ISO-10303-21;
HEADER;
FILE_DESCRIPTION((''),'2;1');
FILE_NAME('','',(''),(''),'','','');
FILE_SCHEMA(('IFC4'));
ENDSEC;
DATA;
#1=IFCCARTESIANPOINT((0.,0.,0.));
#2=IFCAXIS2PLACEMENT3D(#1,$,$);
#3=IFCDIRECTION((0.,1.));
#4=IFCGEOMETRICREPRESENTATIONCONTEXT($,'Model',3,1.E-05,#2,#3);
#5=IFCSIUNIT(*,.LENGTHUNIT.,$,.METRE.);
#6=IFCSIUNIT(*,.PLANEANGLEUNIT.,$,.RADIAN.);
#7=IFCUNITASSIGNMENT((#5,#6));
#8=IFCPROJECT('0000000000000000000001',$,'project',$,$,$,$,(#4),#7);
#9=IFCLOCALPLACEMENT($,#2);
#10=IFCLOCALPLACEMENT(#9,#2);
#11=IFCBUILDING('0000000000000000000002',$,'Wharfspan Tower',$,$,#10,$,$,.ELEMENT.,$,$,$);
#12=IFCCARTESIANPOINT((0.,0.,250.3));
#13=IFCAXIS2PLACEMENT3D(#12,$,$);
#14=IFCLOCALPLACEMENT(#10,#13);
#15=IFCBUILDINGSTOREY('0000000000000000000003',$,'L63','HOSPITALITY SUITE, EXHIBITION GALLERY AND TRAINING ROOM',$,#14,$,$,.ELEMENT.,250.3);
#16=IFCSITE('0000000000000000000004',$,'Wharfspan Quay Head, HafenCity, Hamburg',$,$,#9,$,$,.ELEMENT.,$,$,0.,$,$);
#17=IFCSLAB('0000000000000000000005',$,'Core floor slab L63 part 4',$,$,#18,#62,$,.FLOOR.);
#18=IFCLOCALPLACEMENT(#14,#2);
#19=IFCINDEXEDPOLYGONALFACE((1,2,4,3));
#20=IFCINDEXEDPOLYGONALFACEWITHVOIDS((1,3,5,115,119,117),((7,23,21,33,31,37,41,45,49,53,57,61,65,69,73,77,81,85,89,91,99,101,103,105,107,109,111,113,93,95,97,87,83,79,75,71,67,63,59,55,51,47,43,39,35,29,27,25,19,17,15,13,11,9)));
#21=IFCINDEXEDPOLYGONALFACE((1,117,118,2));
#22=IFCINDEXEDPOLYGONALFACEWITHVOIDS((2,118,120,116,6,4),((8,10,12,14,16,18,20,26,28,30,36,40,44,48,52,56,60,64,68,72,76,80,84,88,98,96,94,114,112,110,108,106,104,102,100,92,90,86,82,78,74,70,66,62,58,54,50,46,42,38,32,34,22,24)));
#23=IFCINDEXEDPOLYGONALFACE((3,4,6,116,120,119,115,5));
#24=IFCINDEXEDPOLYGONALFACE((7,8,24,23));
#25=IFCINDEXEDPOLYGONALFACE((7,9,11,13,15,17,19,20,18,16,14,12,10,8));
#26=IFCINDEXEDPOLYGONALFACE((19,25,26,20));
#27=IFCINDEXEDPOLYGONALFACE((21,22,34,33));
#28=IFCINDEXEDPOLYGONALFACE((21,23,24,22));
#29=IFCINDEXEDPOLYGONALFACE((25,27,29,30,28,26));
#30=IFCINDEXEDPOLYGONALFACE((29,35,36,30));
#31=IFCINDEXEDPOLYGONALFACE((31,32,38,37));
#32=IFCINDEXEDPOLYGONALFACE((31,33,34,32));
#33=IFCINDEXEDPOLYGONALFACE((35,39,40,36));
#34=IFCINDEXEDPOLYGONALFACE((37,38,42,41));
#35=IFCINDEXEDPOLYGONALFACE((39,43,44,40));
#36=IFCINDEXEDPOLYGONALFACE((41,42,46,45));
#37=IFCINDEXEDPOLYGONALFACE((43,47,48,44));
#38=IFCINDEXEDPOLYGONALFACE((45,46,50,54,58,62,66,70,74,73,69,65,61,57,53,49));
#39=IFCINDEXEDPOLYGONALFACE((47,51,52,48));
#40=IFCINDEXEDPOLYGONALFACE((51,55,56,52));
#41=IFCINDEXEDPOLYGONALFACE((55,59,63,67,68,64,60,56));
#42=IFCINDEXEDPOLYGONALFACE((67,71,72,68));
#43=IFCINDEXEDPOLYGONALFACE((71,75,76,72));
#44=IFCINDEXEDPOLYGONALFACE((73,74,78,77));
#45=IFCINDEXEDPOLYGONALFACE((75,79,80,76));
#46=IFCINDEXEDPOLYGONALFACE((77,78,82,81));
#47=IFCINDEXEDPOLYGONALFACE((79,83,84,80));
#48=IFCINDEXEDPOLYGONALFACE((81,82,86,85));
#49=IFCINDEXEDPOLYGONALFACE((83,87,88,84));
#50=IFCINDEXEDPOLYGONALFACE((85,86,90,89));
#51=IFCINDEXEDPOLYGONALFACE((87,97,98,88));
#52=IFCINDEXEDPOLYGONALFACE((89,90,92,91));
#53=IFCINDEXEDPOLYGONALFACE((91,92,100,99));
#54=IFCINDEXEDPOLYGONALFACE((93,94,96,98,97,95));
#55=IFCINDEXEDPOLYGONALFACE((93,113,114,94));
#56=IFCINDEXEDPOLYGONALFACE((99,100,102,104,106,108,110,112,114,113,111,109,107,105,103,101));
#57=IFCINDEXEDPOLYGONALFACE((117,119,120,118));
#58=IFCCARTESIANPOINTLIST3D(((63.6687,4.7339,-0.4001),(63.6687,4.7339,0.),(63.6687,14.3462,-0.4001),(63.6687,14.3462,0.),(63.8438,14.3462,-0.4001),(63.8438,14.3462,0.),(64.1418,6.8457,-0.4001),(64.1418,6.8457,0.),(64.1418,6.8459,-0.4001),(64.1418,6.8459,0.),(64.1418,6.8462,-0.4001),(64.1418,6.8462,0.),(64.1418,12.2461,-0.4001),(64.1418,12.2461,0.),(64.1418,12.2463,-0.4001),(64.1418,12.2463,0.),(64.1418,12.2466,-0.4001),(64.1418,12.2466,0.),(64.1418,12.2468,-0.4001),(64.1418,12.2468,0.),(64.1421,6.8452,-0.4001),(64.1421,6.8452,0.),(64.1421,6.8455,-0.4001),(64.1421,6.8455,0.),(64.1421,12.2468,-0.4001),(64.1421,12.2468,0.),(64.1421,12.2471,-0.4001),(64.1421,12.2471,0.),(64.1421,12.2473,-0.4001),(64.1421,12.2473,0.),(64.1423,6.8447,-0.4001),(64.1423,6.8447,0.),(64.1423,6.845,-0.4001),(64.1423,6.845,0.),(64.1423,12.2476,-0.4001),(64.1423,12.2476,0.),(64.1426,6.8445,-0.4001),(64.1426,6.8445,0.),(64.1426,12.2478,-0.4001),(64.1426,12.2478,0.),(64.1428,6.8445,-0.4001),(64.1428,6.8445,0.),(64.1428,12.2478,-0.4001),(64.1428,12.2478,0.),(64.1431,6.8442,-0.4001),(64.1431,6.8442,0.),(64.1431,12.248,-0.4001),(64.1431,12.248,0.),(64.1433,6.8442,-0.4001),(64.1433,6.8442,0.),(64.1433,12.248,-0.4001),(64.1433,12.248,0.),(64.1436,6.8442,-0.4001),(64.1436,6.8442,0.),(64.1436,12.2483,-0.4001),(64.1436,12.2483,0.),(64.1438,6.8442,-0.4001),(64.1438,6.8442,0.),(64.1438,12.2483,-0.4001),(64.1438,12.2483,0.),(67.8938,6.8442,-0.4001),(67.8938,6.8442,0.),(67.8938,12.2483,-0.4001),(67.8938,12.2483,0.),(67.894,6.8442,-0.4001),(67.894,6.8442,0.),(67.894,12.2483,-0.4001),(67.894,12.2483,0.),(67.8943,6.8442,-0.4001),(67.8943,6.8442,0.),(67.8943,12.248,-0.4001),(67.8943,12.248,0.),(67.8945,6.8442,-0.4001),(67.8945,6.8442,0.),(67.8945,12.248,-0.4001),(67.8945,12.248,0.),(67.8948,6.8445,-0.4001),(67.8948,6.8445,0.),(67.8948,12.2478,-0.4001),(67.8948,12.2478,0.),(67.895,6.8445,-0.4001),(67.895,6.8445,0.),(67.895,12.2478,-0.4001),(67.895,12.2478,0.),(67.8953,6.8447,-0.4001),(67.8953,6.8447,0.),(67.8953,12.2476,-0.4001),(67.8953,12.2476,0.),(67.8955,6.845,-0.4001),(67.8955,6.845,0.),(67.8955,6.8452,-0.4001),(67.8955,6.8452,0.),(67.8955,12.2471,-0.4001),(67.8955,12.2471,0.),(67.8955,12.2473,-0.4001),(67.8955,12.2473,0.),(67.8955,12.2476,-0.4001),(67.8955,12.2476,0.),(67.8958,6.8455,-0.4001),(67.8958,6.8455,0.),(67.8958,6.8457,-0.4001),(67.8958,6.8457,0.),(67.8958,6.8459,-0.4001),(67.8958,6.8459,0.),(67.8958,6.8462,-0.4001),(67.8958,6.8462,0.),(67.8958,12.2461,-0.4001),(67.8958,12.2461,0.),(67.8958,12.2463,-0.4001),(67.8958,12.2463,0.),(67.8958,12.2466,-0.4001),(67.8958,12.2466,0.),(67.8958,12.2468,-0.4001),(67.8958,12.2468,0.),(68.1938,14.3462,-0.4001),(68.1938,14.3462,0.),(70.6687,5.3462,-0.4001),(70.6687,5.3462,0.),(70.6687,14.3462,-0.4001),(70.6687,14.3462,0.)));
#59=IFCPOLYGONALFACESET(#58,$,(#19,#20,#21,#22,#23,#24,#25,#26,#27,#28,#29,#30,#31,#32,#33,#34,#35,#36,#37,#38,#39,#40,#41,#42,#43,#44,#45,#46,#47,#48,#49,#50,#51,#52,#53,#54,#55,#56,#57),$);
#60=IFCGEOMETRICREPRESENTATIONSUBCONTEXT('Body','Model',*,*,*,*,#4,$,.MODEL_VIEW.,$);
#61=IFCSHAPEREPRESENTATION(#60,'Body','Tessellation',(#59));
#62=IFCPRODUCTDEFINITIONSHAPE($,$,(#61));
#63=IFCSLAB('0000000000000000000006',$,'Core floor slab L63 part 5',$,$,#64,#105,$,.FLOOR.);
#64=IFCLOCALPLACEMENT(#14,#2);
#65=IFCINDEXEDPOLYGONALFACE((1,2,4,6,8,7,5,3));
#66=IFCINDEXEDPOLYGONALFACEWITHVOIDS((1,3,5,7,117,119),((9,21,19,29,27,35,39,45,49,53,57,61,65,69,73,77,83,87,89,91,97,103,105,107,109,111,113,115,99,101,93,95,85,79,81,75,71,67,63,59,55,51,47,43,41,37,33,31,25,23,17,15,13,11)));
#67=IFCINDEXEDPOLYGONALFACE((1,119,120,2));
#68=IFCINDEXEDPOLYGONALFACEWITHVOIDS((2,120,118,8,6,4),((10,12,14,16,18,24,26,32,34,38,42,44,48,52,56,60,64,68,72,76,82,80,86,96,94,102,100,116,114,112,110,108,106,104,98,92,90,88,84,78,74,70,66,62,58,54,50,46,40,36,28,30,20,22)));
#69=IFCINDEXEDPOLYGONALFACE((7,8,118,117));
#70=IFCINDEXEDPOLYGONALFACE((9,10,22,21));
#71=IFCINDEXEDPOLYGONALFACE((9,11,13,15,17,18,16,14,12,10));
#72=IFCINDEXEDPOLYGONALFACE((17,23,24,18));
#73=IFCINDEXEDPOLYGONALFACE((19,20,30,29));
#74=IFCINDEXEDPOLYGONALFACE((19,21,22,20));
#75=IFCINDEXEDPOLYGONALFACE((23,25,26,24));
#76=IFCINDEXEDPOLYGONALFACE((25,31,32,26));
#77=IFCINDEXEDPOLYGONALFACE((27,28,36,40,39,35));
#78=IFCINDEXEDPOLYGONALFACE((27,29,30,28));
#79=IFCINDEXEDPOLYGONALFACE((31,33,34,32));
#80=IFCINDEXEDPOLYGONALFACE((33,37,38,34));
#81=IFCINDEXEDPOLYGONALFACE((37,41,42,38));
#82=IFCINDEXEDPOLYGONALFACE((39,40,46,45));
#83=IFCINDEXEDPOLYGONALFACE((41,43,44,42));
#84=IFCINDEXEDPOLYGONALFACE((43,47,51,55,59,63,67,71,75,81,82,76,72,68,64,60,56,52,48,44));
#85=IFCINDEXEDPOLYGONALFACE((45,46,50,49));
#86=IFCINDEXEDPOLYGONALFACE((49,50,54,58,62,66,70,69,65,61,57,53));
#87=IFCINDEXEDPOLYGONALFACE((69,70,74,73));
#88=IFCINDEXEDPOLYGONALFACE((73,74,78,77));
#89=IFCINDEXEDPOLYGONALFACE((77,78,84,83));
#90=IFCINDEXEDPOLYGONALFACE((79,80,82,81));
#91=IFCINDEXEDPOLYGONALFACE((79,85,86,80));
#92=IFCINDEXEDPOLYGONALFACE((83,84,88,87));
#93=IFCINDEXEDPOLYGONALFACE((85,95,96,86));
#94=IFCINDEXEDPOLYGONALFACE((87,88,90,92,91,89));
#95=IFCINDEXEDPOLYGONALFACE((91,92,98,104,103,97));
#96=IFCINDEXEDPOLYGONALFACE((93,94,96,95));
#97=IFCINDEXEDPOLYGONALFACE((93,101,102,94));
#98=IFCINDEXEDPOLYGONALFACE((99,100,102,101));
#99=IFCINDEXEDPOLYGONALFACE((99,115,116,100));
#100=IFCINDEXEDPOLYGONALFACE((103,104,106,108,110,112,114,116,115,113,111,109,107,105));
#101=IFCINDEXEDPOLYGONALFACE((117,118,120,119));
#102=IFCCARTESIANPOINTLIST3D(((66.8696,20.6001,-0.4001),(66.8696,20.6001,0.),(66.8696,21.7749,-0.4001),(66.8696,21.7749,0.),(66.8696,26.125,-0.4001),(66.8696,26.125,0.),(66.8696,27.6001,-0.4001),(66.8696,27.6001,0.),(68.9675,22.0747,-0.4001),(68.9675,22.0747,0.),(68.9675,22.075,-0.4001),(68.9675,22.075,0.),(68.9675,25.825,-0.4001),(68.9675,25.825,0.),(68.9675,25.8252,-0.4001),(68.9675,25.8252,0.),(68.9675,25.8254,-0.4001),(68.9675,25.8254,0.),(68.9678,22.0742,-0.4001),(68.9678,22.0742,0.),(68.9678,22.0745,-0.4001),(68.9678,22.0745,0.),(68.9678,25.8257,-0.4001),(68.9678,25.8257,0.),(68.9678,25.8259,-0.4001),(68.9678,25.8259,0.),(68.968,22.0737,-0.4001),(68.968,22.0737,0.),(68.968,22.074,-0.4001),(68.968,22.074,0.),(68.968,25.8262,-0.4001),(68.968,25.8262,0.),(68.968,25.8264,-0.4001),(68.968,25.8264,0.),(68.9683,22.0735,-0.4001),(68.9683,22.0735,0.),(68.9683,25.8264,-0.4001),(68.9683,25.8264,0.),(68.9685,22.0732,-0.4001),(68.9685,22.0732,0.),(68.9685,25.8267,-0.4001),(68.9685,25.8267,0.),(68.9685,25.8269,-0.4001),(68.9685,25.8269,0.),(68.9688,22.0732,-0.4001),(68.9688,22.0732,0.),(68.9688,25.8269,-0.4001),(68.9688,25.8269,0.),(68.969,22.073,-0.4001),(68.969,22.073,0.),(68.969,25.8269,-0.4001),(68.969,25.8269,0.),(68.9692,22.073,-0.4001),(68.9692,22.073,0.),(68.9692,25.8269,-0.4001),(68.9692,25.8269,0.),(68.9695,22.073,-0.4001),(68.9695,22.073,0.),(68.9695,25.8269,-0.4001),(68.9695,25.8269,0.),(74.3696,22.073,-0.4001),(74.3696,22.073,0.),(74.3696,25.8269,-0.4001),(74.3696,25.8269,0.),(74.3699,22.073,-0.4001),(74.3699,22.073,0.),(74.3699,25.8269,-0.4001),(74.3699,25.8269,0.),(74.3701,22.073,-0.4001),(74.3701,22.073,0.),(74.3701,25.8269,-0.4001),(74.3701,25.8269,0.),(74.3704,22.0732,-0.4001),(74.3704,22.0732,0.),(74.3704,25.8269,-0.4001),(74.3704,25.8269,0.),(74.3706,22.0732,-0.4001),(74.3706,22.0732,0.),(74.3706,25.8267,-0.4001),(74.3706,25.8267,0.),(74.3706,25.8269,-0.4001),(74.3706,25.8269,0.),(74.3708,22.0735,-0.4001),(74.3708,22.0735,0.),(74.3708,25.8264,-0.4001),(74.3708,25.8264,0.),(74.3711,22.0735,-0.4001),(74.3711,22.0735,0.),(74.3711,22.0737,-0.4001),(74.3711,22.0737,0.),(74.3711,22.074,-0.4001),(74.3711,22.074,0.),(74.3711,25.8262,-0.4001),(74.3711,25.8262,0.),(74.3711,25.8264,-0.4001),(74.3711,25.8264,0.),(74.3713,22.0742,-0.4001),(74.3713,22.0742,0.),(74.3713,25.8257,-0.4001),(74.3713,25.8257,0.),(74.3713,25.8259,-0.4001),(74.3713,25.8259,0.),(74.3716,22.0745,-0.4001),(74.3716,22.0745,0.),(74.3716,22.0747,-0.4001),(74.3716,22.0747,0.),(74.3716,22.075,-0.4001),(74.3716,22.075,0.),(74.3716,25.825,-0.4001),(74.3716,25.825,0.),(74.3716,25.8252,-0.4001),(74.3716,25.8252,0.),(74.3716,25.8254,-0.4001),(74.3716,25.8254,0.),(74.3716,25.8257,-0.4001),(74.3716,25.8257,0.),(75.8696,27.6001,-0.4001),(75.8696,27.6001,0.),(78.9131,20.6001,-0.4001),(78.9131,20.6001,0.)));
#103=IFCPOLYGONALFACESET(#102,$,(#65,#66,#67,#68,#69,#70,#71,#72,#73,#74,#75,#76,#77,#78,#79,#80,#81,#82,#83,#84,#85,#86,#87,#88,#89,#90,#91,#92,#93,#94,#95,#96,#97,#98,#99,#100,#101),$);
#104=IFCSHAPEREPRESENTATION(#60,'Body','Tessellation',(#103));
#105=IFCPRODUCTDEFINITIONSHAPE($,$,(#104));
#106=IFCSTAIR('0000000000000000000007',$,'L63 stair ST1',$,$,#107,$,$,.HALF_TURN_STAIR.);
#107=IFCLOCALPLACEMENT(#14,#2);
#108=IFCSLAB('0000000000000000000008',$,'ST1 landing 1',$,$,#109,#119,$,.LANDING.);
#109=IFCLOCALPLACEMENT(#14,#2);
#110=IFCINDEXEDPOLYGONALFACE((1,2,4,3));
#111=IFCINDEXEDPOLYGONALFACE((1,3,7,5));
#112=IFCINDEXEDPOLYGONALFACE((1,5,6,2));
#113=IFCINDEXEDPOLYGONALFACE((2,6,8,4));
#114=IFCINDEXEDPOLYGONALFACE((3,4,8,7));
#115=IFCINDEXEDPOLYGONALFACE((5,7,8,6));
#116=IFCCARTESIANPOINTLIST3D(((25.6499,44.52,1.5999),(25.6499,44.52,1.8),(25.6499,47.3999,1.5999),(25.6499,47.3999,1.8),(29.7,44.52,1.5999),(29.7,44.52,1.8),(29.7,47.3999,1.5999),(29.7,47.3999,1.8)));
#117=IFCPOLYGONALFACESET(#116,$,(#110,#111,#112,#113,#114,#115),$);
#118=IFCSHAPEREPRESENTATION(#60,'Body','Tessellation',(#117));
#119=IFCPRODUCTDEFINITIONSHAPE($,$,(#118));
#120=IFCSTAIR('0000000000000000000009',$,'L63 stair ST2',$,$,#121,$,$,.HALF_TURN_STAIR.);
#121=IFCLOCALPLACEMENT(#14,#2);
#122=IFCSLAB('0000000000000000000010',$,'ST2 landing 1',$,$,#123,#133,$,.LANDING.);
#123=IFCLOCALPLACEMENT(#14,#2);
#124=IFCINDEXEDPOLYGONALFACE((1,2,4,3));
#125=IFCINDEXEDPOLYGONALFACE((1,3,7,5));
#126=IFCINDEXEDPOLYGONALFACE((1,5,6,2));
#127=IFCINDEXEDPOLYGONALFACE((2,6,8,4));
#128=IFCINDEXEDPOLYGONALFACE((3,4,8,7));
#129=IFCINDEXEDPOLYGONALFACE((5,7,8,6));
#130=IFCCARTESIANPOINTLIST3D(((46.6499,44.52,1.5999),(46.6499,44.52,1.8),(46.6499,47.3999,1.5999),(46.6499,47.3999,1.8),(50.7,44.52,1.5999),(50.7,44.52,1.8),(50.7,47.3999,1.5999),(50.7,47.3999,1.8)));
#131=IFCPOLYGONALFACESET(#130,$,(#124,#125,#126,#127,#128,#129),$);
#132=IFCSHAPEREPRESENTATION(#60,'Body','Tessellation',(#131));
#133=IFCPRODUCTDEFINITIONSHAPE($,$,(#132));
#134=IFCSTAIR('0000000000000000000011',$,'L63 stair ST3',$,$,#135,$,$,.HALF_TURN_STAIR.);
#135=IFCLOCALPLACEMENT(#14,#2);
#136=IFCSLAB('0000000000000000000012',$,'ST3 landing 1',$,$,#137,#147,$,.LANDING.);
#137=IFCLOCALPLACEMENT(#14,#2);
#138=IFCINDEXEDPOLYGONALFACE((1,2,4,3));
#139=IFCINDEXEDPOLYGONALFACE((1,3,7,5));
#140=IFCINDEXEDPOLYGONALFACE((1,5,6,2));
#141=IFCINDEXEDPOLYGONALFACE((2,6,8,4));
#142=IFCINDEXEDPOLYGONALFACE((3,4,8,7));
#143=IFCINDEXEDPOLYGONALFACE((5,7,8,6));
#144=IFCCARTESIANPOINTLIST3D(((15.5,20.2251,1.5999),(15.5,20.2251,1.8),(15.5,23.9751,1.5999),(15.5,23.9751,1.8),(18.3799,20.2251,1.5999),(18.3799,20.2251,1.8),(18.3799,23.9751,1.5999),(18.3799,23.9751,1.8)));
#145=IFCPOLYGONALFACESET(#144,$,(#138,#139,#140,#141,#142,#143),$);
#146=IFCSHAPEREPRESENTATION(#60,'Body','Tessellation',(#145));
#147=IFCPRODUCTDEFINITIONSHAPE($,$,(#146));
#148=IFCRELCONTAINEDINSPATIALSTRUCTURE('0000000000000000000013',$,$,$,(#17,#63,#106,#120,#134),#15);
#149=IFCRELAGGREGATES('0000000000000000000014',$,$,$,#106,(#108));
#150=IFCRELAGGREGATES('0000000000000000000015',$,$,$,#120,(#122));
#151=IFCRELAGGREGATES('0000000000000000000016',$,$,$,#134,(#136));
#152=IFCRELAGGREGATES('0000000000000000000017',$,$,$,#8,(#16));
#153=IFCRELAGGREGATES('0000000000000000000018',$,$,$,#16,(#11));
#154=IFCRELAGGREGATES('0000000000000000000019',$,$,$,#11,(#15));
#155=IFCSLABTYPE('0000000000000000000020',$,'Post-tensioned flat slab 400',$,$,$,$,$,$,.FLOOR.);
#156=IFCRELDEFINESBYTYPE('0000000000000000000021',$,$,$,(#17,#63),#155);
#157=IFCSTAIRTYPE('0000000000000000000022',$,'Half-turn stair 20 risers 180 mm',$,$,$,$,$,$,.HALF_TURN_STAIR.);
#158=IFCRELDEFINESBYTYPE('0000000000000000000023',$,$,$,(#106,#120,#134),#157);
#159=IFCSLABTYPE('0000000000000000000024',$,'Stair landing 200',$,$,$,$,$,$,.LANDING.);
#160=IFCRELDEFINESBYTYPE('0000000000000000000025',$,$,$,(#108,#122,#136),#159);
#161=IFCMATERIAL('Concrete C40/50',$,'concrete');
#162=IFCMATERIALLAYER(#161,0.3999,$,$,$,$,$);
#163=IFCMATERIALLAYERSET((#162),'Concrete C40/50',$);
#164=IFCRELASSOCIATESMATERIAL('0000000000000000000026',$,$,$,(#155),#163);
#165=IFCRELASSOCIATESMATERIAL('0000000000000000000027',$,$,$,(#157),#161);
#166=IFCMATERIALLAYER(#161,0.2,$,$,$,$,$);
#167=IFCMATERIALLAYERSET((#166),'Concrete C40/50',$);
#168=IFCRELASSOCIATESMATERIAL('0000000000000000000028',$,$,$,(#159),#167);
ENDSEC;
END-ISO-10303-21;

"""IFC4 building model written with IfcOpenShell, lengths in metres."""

from ifc_helpers import new_model, si_unit, direction, frame, origin, place, context, subcontext, project, spatial, polyline, outline, extrude, material, layer, layer_set, type_object, element, aggregate, save


model = new_model("IFC4")

# Units and contexts
model_context = context("Model", 3, precision=1e-05, world=origin(), true_north=direction((0.0, 1.0)))
body_context = subcontext(model_context, "Body", "Model", "MODEL_VIEW")
ifc_project = project(units=[si_unit("LENGTHUNIT", "METRE"), si_unit("PLANEANGLEUNIT", "RADIAN")], contexts=[model_context])

# Site, building, storey
site_placement = place(None, origin())
site = spatial("IfcSite", under=ifc_project, at=site_placement, Name="Wharfspan Quay Head, HafenCity, Hamburg", CompositionType="ELEMENT", RefElevation=0.0)
building_placement = place(site_placement, origin())
building = spatial("IfcBuilding", under=site, at=building_placement, Name="Wharfspan Tower", CompositionType="ELEMENT")
storey_placement = place(building_placement, frame((0.0, 0.0, 250.3)))
storey = spatial("IfcBuildingStorey", under=building, at=storey_placement, Name="L63", Description="HOSPITALITY SUITE, EXHIBITION GALLERY AND TRAINING ROOM", CompositionType="ELEMENT", Elevation=250.3)

# Slabs
ifc_material_1 = material(Name="Concrete C40/50", Category="concrete")
ifc_layer_1 = layer(ifc_material_1, 0.3999)
ifc_layer_set_1 = layer_set([ifc_layer_1], Name="Concrete C40/50")
slab_type_1 = type_object("IfcSlabType", Name="Post-tensioned flat slab 400", PredefinedType="FLOOR", material=ifc_layer_set_1)
slab_1_placement = place(storey_placement, frame((0.0, 0.0, -0.4001)))
element("IfcSlab", 1, at=slab_1_placement, inside=storey, type_object=slab_type_1, Name="Core floor slab L63 part 4", PredefinedType="FLOOR", context=body_context, shape_type="SweptSolid", body=[
    extrude(outline(polyline([(70.6687, 14.3462), (68.1938, 14.3462), (63.8438, 14.3462), (63.6687, 14.3462), (63.6687, 4.7339), (70.6687, 5.3462), (70.6687, 14.3462)]), holes=[polyline([(64.1418, 12.2461), (64.1418, 12.2463), (64.1418, 12.2466), (64.1418, 12.2468), (64.1421, 12.2468), (64.1421, 12.2471), (64.1421, 12.2473), (64.1423, 12.2476), (64.1423, 12.2476), (64.1426, 12.2478), (64.1426, 12.2478), (64.1428, 12.2478), (64.1431, 12.248), (64.1433, 12.248), (64.1433, 12.248), (64.1436, 12.2483), (64.1438, 12.2483), (67.8938, 12.2483), (67.894, 12.2483), (67.8943, 12.248), (67.8943, 12.248), (67.8945, 12.248), (67.8948, 12.2478), (67.895, 12.2478), (67.895, 12.2478), (67.8953, 12.2476), (67.8955, 12.2476), (67.8955, 12.2473), (67.8955, 12.2471), (67.8958, 12.2468), (67.8958, 12.2468), (67.8958, 12.2466), (67.8958, 12.2463), (67.8958, 12.2461), (67.8958, 6.8462), (67.8958, 6.8459), (67.8958, 6.8457), (67.8958, 6.8457), (67.8958, 6.8455), (67.8955, 6.8452), (67.8955, 6.8452), (67.8955, 6.845), (67.8953, 6.8447), (67.895, 6.8445), (67.895, 6.8445), (67.8948, 6.8445), (67.8945, 6.8442), (67.8943, 6.8442), (67.8943, 6.8442), (67.894, 6.8442), (67.8938, 6.8442), (64.1438, 6.8442), (64.1436, 6.8442), (64.1433, 6.8442), (64.1433, 6.8442), (64.1431, 6.8442), (64.1428, 6.8445), (64.1426, 6.8445), (64.1426, 6.8445), (64.1423, 6.8447), (64.1423, 6.845), (64.1421, 6.8452), (64.1421, 6.8452), (64.1421, 6.8455), (64.1418, 6.8457), (64.1418, 6.8457), (64.1418, 6.8459), (64.1418, 6.8462), (64.1418, 12.2461)])]), origin(), (0.0, 0.0, 1.0), 0.4001),
])
slab_2_placement = place(storey_placement, frame((0.0, 0.0, -0.4001)))
element("IfcSlab", 2, at=slab_2_placement, inside=storey, type_object=slab_type_1, Name="Core floor slab L63 part 5", PredefinedType="FLOOR", context=body_context, shape_type="SweptSolid", body=[
    extrude(outline(polyline([(75.8696, 27.6001), (66.8696, 27.6001), (66.8696, 26.125), (66.8696, 21.7749), (66.8696, 20.6001), (78.9131, 20.6001), (75.8696, 27.6001)]), holes=[polyline([(68.9675, 25.825), (68.9675, 25.8252), (68.9675, 25.8254), (68.9678, 25.8257), (68.9678, 25.8257), (68.9678, 25.8259), (68.968, 25.8262), (68.968, 25.8264), (68.9683, 25.8264), (68.9683, 25.8264), (68.9685, 25.8267), (68.9685, 25.8269), (68.9688, 25.8269), (68.969, 25.8269), (68.9692, 25.8269), (68.9695, 25.8269), (68.9695, 25.8269), (74.3696, 25.8269), (74.3699, 25.8269), (74.3701, 25.8269), (74.3701, 25.8269), (74.3704, 25.8269), (74.3706, 25.8269), (74.3706, 25.8267), (74.3709, 25.8264), (74.3711, 25.8264), (74.3711, 25.8264), (74.3711, 25.8262), (74.3713, 25.8259), (74.3713, 25.8257), (74.3716, 25.8257), (74.3716, 25.8254), (74.3716, 25.8252), (74.3716, 25.825), (74.3716, 22.075), (74.3716, 22.0747), (74.3716, 22.0747), (74.3716, 22.0745), (74.3713, 22.0742), (74.3713, 22.0742), (74.3711, 22.074), (74.3711, 22.0737), (74.3711, 22.0735), (74.3709, 22.0735), (74.3706, 22.0732), (74.3706, 22.0732), (74.3704, 22.0732), (74.3701, 22.073), (74.3701, 22.073), (74.3699, 22.073), (74.3696, 22.073), (68.9695, 22.073), (68.9695, 22.073), (68.9692, 22.073), (68.969, 22.073), (68.9688, 22.0732), (68.9685, 22.0732), (68.9685, 22.0732), (68.9683, 22.0735), (68.9683, 22.0735), (68.968, 22.0737), (68.968, 22.074), (68.9678, 22.0742), (68.9678, 22.0742), (68.9678, 22.0745), (68.9675, 22.0747), (68.9675, 22.0747), (68.9675, 22.075), (68.9675, 25.825)])]), origin(), (0.0, 0.0, 1.0), 0.4001),
])

# Stairs, slabs
stair_type = type_object("IfcStairType", Name="Half-turn stair 20 risers 180 mm", PredefinedType="HALF_TURN_STAIR", material=ifc_material_1)
stair_1_placement = place(storey_placement, origin())
stair_1 = element("IfcStair", 3, at=stair_1_placement, inside=storey, type_object=stair_type, Name="L63 stair ST1", PredefinedType="HALF_TURN_STAIR")
ifc_layer_2 = layer(ifc_material_1, 0.2)
ifc_layer_set_2 = layer_set([ifc_layer_2], Name="Concrete C40/50")
slab_type_2 = type_object("IfcSlabType", Name="Stair landing 200", PredefinedType="LANDING", material=ifc_layer_set_2)
slab_3_placement = place(storey_placement, frame((0.0, 0.0, 1.5999)))
slab_3 = element("IfcSlab", 4, at=slab_3_placement, type_object=slab_type_2, Name="ST1 landing 1", PredefinedType="LANDING", context=body_context, shape_type="SweptSolid", body=[
    extrude(outline(polyline([(25.6499, 44.52), (29.7, 44.52), (29.7, 47.3999), (25.6499, 47.3999), (25.6499, 44.52)])), origin(), (0.0, 0.0, 1.0), 0.2002),
])
aggregate(stair_1, [slab_3])
stair_2_placement = place(storey_placement, origin())
stair_2 = element("IfcStair", 5, at=stair_2_placement, inside=storey, type_object=stair_type, Name="L63 stair ST2", PredefinedType="HALF_TURN_STAIR")
slab_4_placement = place(storey_placement, frame((0.0, 0.0, 1.5999)))
slab_4 = element("IfcSlab", 6, at=slab_4_placement, type_object=slab_type_2, Name="ST2 landing 1", PredefinedType="LANDING", context=body_context, shape_type="SweptSolid", body=[
    extrude(outline(polyline([(46.6499, 44.52), (50.7, 44.52), (50.7, 47.3999), (46.6499, 47.3999), (46.6499, 44.52)])), origin(), (0.0, 0.0, 1.0), 0.2002),
])
aggregate(stair_2, [slab_4])
stair_3_placement = place(storey_placement, origin())
stair_3 = element("IfcStair", 7, at=stair_3_placement, inside=storey, type_object=stair_type, Name="L63 stair ST3", PredefinedType="HALF_TURN_STAIR")
slab_5_placement = place(storey_placement, frame((0.0, 0.0, 1.5999)))
slab_5 = element("IfcSlab", 8, at=slab_5_placement, type_object=slab_type_2, Name="ST3 landing 1", PredefinedType="LANDING", context=body_context, shape_type="SweptSolid", body=[
    extrude(outline(polyline([(18.3799, 23.9751), (15.5, 23.9751), (15.5, 20.2251), (18.3799, 20.2251), (18.3799, 23.9751)])), origin(), (0.0, 0.0, 1.0), 0.2002),
])
aggregate(stair_3, [slab_5])

save(model, "model.ifc")
